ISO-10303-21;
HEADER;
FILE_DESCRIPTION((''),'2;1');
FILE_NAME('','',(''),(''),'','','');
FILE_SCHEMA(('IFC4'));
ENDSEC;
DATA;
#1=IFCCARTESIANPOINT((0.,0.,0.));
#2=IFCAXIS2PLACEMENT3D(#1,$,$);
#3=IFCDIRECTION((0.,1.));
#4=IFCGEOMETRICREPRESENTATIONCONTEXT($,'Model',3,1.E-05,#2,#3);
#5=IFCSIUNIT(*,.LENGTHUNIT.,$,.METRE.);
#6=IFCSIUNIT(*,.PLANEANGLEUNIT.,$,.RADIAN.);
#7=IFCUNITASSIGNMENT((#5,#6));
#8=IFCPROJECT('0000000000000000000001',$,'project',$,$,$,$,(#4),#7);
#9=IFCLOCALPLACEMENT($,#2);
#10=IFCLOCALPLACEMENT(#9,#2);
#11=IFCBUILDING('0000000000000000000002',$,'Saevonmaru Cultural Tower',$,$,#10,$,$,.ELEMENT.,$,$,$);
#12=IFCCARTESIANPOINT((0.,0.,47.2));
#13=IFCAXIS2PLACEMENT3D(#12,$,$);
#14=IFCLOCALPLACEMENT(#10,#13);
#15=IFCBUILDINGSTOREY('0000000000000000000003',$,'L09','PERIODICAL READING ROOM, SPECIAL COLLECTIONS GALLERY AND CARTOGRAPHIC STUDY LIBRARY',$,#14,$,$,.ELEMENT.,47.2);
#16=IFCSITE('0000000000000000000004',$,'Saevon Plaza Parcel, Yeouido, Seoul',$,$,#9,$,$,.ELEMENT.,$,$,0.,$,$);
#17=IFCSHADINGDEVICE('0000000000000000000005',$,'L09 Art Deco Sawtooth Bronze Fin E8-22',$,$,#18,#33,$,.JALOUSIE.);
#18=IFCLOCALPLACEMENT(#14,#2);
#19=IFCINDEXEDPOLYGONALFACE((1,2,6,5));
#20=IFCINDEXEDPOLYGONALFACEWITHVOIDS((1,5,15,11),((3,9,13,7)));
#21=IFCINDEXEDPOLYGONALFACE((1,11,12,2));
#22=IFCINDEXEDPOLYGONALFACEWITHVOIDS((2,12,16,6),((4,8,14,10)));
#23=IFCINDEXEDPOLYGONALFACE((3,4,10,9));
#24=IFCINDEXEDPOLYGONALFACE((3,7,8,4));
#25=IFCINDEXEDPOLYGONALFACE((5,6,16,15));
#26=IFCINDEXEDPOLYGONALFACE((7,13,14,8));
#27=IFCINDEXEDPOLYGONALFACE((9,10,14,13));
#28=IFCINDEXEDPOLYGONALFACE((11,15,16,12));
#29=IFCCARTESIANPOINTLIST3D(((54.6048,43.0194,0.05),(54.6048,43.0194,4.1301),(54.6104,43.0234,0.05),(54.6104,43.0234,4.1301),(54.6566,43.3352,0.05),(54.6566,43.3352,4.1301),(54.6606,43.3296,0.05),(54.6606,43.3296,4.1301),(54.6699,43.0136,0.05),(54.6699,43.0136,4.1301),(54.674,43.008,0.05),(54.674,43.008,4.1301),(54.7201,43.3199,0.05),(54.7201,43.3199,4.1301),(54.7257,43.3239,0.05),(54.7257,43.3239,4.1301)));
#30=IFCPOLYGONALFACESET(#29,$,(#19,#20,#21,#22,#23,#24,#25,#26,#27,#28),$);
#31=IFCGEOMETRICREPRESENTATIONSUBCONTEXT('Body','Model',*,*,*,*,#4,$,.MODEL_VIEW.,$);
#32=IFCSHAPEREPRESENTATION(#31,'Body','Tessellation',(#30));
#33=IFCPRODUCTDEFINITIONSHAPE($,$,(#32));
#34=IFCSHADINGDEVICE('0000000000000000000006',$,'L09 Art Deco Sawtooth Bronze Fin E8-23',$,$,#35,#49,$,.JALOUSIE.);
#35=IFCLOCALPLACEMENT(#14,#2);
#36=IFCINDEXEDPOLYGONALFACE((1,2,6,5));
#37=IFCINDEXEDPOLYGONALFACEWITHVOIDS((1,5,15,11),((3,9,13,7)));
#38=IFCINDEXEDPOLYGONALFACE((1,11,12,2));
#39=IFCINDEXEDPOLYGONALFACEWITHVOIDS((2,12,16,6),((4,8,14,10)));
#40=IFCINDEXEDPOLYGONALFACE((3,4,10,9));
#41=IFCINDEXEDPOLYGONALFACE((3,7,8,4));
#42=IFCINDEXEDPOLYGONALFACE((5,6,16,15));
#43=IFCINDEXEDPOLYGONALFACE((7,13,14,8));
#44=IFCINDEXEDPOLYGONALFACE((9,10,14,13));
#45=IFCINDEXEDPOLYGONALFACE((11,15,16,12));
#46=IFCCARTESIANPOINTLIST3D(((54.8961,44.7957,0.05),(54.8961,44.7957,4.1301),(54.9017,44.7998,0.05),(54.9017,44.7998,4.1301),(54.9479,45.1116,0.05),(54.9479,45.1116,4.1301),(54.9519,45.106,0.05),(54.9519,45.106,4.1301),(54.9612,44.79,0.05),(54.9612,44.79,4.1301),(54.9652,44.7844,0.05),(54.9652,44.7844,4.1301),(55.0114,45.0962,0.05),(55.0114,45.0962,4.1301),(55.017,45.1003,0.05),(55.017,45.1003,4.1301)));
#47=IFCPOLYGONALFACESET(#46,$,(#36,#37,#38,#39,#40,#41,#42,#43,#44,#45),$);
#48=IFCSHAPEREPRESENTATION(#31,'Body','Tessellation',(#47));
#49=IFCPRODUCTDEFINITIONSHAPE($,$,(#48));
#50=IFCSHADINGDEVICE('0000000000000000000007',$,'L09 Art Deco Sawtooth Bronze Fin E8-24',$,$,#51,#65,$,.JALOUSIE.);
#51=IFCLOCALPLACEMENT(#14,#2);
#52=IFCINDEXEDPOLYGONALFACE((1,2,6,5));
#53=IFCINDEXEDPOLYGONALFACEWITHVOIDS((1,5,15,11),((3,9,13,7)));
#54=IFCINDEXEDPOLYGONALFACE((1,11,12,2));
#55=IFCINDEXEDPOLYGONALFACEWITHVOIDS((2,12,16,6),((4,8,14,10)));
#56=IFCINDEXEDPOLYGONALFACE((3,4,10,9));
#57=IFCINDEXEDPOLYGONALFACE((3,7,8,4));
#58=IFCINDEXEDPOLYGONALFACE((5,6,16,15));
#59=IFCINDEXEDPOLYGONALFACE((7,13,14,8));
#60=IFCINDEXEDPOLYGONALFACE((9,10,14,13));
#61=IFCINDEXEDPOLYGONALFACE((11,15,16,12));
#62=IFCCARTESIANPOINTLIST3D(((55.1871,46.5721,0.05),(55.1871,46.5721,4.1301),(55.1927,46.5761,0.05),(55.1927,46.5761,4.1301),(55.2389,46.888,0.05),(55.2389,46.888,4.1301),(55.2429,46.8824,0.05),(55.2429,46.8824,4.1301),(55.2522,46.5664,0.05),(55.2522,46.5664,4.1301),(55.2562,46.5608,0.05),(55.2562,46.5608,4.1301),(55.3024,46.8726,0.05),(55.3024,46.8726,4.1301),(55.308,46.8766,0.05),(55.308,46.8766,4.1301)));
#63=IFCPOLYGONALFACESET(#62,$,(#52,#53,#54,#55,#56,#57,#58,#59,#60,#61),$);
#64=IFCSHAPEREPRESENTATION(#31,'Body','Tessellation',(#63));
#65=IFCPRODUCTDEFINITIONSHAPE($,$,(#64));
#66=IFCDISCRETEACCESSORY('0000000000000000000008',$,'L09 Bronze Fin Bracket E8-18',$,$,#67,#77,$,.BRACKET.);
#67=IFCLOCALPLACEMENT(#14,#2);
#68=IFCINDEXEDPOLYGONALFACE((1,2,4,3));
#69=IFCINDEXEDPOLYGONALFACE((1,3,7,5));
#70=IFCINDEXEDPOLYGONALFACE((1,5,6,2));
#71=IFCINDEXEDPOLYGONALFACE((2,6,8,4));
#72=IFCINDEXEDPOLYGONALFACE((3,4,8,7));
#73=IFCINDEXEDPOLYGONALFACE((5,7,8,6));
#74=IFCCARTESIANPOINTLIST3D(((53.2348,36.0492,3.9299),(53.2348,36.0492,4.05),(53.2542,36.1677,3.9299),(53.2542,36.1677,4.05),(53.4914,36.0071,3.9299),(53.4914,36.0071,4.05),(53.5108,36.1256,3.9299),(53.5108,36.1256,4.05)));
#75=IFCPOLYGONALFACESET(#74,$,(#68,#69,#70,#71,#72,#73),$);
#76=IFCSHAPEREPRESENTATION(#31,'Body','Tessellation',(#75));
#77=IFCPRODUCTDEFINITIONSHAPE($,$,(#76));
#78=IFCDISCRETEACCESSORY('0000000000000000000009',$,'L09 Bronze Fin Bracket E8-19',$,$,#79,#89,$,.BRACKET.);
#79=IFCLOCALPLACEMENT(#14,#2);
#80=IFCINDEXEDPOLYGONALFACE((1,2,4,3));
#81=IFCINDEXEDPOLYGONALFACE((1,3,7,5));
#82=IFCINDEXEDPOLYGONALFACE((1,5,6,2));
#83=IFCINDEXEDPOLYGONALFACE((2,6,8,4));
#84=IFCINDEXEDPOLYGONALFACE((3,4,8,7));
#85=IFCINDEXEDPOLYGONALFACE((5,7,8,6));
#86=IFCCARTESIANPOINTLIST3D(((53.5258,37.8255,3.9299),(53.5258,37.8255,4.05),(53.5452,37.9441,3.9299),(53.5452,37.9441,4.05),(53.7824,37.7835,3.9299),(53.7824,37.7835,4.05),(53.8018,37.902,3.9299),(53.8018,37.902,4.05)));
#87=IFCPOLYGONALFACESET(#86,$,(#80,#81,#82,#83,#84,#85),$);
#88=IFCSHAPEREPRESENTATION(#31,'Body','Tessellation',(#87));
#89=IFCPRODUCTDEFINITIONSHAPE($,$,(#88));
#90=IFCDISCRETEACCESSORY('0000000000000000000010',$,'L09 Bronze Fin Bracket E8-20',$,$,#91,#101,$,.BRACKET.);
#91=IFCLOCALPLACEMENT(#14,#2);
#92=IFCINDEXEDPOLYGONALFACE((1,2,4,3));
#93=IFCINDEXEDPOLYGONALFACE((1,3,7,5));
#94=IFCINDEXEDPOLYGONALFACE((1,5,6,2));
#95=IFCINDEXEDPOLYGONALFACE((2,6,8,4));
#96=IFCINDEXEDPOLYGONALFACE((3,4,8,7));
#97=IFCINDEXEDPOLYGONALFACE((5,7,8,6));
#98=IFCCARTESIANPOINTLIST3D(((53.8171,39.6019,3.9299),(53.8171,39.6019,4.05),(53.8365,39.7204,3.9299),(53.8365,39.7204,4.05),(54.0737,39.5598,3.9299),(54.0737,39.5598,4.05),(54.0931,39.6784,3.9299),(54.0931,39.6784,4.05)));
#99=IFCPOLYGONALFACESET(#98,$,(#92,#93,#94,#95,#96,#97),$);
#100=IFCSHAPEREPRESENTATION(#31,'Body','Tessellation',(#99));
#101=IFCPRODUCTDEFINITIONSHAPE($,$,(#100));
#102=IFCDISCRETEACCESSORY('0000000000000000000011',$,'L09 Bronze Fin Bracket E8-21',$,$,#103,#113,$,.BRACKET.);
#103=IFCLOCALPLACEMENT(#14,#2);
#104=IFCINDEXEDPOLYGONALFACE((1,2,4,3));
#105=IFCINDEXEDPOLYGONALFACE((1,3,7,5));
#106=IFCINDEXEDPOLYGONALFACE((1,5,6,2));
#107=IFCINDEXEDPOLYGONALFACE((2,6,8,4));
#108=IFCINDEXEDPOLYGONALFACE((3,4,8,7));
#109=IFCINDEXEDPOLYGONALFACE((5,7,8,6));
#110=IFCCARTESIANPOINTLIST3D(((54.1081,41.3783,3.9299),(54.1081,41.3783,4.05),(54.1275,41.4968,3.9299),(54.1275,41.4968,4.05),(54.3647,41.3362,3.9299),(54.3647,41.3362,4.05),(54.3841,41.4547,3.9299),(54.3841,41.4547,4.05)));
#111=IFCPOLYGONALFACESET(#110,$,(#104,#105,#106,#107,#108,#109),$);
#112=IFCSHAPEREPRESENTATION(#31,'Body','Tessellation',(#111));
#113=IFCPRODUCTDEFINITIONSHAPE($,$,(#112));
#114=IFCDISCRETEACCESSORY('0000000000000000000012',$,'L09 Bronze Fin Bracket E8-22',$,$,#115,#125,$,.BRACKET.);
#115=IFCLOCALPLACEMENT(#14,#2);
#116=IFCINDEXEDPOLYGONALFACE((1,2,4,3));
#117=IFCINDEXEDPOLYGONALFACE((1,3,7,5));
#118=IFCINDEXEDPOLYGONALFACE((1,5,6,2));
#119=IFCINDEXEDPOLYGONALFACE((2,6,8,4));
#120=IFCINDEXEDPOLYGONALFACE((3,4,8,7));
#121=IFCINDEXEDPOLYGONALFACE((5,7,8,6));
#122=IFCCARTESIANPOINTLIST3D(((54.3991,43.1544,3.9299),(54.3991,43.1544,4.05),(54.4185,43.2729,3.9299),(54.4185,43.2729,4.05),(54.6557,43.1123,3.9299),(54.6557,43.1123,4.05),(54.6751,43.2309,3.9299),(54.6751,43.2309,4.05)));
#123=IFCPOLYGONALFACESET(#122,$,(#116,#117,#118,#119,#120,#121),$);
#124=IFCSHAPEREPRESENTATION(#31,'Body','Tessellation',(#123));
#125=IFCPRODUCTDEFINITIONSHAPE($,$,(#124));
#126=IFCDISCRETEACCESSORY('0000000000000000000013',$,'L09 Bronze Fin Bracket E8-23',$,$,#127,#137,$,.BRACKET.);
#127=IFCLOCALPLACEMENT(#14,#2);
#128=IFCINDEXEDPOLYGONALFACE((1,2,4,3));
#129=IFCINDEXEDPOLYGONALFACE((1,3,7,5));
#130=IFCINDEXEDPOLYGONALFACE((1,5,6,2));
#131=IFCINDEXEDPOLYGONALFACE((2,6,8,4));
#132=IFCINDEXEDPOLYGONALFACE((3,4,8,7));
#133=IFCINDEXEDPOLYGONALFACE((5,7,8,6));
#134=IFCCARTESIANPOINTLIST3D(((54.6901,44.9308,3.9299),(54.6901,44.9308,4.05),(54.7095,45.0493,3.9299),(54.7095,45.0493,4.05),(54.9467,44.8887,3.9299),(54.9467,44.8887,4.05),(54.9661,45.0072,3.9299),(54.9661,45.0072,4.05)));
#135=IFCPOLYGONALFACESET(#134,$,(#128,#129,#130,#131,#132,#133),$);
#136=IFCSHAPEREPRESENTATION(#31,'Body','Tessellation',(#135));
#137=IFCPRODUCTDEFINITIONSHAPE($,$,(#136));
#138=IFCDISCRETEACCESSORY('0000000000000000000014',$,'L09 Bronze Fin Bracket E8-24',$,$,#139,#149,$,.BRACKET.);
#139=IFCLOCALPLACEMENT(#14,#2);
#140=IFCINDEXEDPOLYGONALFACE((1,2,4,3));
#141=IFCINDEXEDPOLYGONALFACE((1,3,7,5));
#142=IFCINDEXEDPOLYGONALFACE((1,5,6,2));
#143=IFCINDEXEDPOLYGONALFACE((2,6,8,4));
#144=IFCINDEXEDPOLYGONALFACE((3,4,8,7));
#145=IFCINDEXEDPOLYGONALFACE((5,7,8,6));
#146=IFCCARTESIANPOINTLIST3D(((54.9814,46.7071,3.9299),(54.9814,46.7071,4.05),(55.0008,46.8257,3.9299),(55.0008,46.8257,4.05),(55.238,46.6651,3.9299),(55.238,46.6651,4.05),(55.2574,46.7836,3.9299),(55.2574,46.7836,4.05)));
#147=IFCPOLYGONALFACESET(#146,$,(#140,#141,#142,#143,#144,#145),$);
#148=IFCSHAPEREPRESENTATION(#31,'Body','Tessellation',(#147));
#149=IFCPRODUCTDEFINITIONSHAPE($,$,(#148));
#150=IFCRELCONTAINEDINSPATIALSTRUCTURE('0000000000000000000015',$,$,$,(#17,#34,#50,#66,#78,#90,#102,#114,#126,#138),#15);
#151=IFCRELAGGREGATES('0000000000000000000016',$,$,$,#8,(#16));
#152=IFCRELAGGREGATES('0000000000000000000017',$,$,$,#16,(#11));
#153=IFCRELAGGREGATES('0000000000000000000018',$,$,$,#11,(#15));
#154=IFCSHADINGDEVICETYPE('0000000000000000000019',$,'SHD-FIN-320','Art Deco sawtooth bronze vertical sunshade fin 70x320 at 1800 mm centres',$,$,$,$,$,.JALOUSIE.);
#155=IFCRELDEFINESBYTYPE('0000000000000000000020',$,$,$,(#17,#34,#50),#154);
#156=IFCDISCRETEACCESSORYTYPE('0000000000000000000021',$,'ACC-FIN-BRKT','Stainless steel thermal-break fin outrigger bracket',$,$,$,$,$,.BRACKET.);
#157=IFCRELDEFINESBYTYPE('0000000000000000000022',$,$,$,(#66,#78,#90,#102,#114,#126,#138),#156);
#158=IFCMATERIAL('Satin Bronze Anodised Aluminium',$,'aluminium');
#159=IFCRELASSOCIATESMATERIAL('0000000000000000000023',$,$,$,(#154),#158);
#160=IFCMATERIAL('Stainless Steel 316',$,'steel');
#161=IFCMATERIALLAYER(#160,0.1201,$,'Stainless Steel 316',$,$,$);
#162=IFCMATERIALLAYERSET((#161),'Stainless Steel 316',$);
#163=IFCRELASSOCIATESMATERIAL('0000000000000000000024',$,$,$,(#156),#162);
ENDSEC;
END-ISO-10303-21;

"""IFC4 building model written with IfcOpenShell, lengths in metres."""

from ifc_helpers import new_model, si_unit, direction, frame, origin, origin_2d, place, context, subcontext, project, spatial, rectangle, hollow_rectangle, extrude, material, layer, layer_set, material_profile, profile_set, type_object, element, save


model = new_model("IFC4")

# Units and contexts
model_context = context("Model", 3, precision=1e-05, world=origin(), true_north=direction((0.0, 1.0)))
body_context = subcontext(model_context, "Body", "Model", "MODEL_VIEW")
ifc_project = project(units=[si_unit("LENGTHUNIT", "METRE"), si_unit("PLANEANGLEUNIT", "RADIAN")], contexts=[model_context])

# Site, building, storey
site_placement = place(None, origin())
site = spatial("IfcSite", under=ifc_project, at=site_placement, Name="Saevon Plaza Parcel, Yeouido, Seoul", CompositionType="ELEMENT", RefElevation=0.0)
building_placement = place(site_placement, origin())
building = spatial("IfcBuilding", under=site, at=building_placement, Name="Saevonmaru Cultural Tower", CompositionType="ELEMENT")
storey_placement = place(building_placement, frame((0.0, 0.0, 47.2)))
storey = spatial("IfcBuildingStorey", under=building, at=storey_placement, Name="L09", Description="PERIODICAL READING ROOM, SPECIAL COLLECTIONS GALLERY AND CARTOGRAPHIC STUDY LIBRARY", CompositionType="ELEMENT", Elevation=47.2)

# Shared definitions
ifc_material_1 = material(Name="Satin Bronze Anodised Aluminium", Category="aluminium")

# Shading devices
ifc_material_profile_1 = material_profile(ifc_material_1, hollow_rectangle(XDim=0.0701, YDim=0.3201, WallThickness=0.0049, at=origin_2d()), Name="FIN-320x70")
ifc_profile_set_1 = profile_set([ifc_material_profile_1], Name="Satin Bronze Anodised Aluminium")
shading_device_type = type_object("IfcShadingDeviceType", Name="SHD-FIN-320", Description="Art Deco sawtooth bronze vertical sunshade fin 70x320 at 1800 mm centres", PredefinedType="JALOUSIE", material=ifc_profile_set_1)
for number, where, z_axis, x_axis, name in (
    (1, (54.6653, 43.1716, 0.05), (0.0, 0.0, 1.0), (0.986827, -0.161776, 0.0), "L09 Art Deco Sawtooth Bronze Fin E8-22"),
    (2, (54.9565, 44.948, 0.05), (0.0, 0.0, 1.0), (0.986827, -0.161776, 0.0), "L09 Art Deco Sawtooth Bronze Fin E8-23"),
    (3, (55.2476, 46.7244, 0.05), (0.0, 0.0, 1.0), (0.986827, -0.161776, 0.0), "L09 Art Deco Sawtooth Bronze Fin E8-24"),
):
    element("IfcShadingDevice", number, at=place(storey_placement, frame(where, z_axis=z_axis, x_axis=x_axis)), inside=storey, type_object=shading_device_type, Name=name, PredefinedType="JALOUSIE", context=body_context, shape_type="SweptSolid", body=[
        extrude(hollow_rectangle(XDim=0.0701, YDim=0.3201, WallThickness=0.0049, at=origin_2d()), origin(), (0.0, 0.0, 1.0), 4.0801),
    ])

# Discrete accessories
ifc_material_2 = material(Name="Stainless Steel 316", Category="steel")
ifc_layer_1 = layer(ifc_material_2, 0.1201, Name="Stainless Steel 316")
ifc_layer_set_1 = layer_set([ifc_layer_1], Name="Stainless Steel 316")
discrete_accessory_type = type_object("IfcDiscreteAccessoryType", Name="ACC-FIN-BRKT", Description="Stainless steel thermal-break fin outrigger bracket", PredefinedType="BRACKET", material=ifc_layer_set_1)
for number, where, z_axis, x_axis, name in (
    (4, (53.3728, 36.0874, 3.9299), (0.0, 0.0, 1.0), (0.986827, -0.161776, 0.0), "L09 Bronze Fin Bracket E8-18"),
    (5, (53.6638, 37.8638, 3.9299), (0.0, 0.0, 1.0), (0.986827, -0.161776, 0.0), "L09 Bronze Fin Bracket E8-19"),
    (6, (53.9551, 39.6401, 3.9299), (0.0, 0.0, 1.0), (0.986827, -0.161776, 0.0), "L09 Bronze Fin Bracket E8-20"),
    (7, (54.2461, 41.4165, 3.9299), (0.0, 0.0, 1.0), (0.986827, -0.161776, 0.0), "L09 Bronze Fin Bracket E8-21"),
    (8, (54.5371, 43.1926, 3.9299), (0.0, 0.0, 1.0), (0.986827, -0.161776, 0.0), "L09 Bronze Fin Bracket E8-22"),
    (9, (54.8281, 44.969, 3.9299), (0.0, 0.0, 1.0), (0.986827, -0.161776, 0.0), "L09 Bronze Fin Bracket E8-23"),
    (10, (55.1194, 46.7454, 3.9299), (0.0, 0.0, 1.0), (0.986827, -0.161776, 0.0), "L09 Bronze Fin Bracket E8-24"),
):
    element("IfcDiscreteAccessory", number, at=place(storey_placement, frame(where, z_axis=z_axis, x_axis=x_axis)), inside=storey, type_object=discrete_accessory_type, Name=name, PredefinedType="BRACKET", context=body_context, shape_type="SweptSolid", body=[
        extrude(rectangle(XDim=0.26, YDim=0.1201, at=origin_2d()), origin(), (0.0, 0.0, 1.0), 0.1201),
    ])

save(model, "model.ifc")
